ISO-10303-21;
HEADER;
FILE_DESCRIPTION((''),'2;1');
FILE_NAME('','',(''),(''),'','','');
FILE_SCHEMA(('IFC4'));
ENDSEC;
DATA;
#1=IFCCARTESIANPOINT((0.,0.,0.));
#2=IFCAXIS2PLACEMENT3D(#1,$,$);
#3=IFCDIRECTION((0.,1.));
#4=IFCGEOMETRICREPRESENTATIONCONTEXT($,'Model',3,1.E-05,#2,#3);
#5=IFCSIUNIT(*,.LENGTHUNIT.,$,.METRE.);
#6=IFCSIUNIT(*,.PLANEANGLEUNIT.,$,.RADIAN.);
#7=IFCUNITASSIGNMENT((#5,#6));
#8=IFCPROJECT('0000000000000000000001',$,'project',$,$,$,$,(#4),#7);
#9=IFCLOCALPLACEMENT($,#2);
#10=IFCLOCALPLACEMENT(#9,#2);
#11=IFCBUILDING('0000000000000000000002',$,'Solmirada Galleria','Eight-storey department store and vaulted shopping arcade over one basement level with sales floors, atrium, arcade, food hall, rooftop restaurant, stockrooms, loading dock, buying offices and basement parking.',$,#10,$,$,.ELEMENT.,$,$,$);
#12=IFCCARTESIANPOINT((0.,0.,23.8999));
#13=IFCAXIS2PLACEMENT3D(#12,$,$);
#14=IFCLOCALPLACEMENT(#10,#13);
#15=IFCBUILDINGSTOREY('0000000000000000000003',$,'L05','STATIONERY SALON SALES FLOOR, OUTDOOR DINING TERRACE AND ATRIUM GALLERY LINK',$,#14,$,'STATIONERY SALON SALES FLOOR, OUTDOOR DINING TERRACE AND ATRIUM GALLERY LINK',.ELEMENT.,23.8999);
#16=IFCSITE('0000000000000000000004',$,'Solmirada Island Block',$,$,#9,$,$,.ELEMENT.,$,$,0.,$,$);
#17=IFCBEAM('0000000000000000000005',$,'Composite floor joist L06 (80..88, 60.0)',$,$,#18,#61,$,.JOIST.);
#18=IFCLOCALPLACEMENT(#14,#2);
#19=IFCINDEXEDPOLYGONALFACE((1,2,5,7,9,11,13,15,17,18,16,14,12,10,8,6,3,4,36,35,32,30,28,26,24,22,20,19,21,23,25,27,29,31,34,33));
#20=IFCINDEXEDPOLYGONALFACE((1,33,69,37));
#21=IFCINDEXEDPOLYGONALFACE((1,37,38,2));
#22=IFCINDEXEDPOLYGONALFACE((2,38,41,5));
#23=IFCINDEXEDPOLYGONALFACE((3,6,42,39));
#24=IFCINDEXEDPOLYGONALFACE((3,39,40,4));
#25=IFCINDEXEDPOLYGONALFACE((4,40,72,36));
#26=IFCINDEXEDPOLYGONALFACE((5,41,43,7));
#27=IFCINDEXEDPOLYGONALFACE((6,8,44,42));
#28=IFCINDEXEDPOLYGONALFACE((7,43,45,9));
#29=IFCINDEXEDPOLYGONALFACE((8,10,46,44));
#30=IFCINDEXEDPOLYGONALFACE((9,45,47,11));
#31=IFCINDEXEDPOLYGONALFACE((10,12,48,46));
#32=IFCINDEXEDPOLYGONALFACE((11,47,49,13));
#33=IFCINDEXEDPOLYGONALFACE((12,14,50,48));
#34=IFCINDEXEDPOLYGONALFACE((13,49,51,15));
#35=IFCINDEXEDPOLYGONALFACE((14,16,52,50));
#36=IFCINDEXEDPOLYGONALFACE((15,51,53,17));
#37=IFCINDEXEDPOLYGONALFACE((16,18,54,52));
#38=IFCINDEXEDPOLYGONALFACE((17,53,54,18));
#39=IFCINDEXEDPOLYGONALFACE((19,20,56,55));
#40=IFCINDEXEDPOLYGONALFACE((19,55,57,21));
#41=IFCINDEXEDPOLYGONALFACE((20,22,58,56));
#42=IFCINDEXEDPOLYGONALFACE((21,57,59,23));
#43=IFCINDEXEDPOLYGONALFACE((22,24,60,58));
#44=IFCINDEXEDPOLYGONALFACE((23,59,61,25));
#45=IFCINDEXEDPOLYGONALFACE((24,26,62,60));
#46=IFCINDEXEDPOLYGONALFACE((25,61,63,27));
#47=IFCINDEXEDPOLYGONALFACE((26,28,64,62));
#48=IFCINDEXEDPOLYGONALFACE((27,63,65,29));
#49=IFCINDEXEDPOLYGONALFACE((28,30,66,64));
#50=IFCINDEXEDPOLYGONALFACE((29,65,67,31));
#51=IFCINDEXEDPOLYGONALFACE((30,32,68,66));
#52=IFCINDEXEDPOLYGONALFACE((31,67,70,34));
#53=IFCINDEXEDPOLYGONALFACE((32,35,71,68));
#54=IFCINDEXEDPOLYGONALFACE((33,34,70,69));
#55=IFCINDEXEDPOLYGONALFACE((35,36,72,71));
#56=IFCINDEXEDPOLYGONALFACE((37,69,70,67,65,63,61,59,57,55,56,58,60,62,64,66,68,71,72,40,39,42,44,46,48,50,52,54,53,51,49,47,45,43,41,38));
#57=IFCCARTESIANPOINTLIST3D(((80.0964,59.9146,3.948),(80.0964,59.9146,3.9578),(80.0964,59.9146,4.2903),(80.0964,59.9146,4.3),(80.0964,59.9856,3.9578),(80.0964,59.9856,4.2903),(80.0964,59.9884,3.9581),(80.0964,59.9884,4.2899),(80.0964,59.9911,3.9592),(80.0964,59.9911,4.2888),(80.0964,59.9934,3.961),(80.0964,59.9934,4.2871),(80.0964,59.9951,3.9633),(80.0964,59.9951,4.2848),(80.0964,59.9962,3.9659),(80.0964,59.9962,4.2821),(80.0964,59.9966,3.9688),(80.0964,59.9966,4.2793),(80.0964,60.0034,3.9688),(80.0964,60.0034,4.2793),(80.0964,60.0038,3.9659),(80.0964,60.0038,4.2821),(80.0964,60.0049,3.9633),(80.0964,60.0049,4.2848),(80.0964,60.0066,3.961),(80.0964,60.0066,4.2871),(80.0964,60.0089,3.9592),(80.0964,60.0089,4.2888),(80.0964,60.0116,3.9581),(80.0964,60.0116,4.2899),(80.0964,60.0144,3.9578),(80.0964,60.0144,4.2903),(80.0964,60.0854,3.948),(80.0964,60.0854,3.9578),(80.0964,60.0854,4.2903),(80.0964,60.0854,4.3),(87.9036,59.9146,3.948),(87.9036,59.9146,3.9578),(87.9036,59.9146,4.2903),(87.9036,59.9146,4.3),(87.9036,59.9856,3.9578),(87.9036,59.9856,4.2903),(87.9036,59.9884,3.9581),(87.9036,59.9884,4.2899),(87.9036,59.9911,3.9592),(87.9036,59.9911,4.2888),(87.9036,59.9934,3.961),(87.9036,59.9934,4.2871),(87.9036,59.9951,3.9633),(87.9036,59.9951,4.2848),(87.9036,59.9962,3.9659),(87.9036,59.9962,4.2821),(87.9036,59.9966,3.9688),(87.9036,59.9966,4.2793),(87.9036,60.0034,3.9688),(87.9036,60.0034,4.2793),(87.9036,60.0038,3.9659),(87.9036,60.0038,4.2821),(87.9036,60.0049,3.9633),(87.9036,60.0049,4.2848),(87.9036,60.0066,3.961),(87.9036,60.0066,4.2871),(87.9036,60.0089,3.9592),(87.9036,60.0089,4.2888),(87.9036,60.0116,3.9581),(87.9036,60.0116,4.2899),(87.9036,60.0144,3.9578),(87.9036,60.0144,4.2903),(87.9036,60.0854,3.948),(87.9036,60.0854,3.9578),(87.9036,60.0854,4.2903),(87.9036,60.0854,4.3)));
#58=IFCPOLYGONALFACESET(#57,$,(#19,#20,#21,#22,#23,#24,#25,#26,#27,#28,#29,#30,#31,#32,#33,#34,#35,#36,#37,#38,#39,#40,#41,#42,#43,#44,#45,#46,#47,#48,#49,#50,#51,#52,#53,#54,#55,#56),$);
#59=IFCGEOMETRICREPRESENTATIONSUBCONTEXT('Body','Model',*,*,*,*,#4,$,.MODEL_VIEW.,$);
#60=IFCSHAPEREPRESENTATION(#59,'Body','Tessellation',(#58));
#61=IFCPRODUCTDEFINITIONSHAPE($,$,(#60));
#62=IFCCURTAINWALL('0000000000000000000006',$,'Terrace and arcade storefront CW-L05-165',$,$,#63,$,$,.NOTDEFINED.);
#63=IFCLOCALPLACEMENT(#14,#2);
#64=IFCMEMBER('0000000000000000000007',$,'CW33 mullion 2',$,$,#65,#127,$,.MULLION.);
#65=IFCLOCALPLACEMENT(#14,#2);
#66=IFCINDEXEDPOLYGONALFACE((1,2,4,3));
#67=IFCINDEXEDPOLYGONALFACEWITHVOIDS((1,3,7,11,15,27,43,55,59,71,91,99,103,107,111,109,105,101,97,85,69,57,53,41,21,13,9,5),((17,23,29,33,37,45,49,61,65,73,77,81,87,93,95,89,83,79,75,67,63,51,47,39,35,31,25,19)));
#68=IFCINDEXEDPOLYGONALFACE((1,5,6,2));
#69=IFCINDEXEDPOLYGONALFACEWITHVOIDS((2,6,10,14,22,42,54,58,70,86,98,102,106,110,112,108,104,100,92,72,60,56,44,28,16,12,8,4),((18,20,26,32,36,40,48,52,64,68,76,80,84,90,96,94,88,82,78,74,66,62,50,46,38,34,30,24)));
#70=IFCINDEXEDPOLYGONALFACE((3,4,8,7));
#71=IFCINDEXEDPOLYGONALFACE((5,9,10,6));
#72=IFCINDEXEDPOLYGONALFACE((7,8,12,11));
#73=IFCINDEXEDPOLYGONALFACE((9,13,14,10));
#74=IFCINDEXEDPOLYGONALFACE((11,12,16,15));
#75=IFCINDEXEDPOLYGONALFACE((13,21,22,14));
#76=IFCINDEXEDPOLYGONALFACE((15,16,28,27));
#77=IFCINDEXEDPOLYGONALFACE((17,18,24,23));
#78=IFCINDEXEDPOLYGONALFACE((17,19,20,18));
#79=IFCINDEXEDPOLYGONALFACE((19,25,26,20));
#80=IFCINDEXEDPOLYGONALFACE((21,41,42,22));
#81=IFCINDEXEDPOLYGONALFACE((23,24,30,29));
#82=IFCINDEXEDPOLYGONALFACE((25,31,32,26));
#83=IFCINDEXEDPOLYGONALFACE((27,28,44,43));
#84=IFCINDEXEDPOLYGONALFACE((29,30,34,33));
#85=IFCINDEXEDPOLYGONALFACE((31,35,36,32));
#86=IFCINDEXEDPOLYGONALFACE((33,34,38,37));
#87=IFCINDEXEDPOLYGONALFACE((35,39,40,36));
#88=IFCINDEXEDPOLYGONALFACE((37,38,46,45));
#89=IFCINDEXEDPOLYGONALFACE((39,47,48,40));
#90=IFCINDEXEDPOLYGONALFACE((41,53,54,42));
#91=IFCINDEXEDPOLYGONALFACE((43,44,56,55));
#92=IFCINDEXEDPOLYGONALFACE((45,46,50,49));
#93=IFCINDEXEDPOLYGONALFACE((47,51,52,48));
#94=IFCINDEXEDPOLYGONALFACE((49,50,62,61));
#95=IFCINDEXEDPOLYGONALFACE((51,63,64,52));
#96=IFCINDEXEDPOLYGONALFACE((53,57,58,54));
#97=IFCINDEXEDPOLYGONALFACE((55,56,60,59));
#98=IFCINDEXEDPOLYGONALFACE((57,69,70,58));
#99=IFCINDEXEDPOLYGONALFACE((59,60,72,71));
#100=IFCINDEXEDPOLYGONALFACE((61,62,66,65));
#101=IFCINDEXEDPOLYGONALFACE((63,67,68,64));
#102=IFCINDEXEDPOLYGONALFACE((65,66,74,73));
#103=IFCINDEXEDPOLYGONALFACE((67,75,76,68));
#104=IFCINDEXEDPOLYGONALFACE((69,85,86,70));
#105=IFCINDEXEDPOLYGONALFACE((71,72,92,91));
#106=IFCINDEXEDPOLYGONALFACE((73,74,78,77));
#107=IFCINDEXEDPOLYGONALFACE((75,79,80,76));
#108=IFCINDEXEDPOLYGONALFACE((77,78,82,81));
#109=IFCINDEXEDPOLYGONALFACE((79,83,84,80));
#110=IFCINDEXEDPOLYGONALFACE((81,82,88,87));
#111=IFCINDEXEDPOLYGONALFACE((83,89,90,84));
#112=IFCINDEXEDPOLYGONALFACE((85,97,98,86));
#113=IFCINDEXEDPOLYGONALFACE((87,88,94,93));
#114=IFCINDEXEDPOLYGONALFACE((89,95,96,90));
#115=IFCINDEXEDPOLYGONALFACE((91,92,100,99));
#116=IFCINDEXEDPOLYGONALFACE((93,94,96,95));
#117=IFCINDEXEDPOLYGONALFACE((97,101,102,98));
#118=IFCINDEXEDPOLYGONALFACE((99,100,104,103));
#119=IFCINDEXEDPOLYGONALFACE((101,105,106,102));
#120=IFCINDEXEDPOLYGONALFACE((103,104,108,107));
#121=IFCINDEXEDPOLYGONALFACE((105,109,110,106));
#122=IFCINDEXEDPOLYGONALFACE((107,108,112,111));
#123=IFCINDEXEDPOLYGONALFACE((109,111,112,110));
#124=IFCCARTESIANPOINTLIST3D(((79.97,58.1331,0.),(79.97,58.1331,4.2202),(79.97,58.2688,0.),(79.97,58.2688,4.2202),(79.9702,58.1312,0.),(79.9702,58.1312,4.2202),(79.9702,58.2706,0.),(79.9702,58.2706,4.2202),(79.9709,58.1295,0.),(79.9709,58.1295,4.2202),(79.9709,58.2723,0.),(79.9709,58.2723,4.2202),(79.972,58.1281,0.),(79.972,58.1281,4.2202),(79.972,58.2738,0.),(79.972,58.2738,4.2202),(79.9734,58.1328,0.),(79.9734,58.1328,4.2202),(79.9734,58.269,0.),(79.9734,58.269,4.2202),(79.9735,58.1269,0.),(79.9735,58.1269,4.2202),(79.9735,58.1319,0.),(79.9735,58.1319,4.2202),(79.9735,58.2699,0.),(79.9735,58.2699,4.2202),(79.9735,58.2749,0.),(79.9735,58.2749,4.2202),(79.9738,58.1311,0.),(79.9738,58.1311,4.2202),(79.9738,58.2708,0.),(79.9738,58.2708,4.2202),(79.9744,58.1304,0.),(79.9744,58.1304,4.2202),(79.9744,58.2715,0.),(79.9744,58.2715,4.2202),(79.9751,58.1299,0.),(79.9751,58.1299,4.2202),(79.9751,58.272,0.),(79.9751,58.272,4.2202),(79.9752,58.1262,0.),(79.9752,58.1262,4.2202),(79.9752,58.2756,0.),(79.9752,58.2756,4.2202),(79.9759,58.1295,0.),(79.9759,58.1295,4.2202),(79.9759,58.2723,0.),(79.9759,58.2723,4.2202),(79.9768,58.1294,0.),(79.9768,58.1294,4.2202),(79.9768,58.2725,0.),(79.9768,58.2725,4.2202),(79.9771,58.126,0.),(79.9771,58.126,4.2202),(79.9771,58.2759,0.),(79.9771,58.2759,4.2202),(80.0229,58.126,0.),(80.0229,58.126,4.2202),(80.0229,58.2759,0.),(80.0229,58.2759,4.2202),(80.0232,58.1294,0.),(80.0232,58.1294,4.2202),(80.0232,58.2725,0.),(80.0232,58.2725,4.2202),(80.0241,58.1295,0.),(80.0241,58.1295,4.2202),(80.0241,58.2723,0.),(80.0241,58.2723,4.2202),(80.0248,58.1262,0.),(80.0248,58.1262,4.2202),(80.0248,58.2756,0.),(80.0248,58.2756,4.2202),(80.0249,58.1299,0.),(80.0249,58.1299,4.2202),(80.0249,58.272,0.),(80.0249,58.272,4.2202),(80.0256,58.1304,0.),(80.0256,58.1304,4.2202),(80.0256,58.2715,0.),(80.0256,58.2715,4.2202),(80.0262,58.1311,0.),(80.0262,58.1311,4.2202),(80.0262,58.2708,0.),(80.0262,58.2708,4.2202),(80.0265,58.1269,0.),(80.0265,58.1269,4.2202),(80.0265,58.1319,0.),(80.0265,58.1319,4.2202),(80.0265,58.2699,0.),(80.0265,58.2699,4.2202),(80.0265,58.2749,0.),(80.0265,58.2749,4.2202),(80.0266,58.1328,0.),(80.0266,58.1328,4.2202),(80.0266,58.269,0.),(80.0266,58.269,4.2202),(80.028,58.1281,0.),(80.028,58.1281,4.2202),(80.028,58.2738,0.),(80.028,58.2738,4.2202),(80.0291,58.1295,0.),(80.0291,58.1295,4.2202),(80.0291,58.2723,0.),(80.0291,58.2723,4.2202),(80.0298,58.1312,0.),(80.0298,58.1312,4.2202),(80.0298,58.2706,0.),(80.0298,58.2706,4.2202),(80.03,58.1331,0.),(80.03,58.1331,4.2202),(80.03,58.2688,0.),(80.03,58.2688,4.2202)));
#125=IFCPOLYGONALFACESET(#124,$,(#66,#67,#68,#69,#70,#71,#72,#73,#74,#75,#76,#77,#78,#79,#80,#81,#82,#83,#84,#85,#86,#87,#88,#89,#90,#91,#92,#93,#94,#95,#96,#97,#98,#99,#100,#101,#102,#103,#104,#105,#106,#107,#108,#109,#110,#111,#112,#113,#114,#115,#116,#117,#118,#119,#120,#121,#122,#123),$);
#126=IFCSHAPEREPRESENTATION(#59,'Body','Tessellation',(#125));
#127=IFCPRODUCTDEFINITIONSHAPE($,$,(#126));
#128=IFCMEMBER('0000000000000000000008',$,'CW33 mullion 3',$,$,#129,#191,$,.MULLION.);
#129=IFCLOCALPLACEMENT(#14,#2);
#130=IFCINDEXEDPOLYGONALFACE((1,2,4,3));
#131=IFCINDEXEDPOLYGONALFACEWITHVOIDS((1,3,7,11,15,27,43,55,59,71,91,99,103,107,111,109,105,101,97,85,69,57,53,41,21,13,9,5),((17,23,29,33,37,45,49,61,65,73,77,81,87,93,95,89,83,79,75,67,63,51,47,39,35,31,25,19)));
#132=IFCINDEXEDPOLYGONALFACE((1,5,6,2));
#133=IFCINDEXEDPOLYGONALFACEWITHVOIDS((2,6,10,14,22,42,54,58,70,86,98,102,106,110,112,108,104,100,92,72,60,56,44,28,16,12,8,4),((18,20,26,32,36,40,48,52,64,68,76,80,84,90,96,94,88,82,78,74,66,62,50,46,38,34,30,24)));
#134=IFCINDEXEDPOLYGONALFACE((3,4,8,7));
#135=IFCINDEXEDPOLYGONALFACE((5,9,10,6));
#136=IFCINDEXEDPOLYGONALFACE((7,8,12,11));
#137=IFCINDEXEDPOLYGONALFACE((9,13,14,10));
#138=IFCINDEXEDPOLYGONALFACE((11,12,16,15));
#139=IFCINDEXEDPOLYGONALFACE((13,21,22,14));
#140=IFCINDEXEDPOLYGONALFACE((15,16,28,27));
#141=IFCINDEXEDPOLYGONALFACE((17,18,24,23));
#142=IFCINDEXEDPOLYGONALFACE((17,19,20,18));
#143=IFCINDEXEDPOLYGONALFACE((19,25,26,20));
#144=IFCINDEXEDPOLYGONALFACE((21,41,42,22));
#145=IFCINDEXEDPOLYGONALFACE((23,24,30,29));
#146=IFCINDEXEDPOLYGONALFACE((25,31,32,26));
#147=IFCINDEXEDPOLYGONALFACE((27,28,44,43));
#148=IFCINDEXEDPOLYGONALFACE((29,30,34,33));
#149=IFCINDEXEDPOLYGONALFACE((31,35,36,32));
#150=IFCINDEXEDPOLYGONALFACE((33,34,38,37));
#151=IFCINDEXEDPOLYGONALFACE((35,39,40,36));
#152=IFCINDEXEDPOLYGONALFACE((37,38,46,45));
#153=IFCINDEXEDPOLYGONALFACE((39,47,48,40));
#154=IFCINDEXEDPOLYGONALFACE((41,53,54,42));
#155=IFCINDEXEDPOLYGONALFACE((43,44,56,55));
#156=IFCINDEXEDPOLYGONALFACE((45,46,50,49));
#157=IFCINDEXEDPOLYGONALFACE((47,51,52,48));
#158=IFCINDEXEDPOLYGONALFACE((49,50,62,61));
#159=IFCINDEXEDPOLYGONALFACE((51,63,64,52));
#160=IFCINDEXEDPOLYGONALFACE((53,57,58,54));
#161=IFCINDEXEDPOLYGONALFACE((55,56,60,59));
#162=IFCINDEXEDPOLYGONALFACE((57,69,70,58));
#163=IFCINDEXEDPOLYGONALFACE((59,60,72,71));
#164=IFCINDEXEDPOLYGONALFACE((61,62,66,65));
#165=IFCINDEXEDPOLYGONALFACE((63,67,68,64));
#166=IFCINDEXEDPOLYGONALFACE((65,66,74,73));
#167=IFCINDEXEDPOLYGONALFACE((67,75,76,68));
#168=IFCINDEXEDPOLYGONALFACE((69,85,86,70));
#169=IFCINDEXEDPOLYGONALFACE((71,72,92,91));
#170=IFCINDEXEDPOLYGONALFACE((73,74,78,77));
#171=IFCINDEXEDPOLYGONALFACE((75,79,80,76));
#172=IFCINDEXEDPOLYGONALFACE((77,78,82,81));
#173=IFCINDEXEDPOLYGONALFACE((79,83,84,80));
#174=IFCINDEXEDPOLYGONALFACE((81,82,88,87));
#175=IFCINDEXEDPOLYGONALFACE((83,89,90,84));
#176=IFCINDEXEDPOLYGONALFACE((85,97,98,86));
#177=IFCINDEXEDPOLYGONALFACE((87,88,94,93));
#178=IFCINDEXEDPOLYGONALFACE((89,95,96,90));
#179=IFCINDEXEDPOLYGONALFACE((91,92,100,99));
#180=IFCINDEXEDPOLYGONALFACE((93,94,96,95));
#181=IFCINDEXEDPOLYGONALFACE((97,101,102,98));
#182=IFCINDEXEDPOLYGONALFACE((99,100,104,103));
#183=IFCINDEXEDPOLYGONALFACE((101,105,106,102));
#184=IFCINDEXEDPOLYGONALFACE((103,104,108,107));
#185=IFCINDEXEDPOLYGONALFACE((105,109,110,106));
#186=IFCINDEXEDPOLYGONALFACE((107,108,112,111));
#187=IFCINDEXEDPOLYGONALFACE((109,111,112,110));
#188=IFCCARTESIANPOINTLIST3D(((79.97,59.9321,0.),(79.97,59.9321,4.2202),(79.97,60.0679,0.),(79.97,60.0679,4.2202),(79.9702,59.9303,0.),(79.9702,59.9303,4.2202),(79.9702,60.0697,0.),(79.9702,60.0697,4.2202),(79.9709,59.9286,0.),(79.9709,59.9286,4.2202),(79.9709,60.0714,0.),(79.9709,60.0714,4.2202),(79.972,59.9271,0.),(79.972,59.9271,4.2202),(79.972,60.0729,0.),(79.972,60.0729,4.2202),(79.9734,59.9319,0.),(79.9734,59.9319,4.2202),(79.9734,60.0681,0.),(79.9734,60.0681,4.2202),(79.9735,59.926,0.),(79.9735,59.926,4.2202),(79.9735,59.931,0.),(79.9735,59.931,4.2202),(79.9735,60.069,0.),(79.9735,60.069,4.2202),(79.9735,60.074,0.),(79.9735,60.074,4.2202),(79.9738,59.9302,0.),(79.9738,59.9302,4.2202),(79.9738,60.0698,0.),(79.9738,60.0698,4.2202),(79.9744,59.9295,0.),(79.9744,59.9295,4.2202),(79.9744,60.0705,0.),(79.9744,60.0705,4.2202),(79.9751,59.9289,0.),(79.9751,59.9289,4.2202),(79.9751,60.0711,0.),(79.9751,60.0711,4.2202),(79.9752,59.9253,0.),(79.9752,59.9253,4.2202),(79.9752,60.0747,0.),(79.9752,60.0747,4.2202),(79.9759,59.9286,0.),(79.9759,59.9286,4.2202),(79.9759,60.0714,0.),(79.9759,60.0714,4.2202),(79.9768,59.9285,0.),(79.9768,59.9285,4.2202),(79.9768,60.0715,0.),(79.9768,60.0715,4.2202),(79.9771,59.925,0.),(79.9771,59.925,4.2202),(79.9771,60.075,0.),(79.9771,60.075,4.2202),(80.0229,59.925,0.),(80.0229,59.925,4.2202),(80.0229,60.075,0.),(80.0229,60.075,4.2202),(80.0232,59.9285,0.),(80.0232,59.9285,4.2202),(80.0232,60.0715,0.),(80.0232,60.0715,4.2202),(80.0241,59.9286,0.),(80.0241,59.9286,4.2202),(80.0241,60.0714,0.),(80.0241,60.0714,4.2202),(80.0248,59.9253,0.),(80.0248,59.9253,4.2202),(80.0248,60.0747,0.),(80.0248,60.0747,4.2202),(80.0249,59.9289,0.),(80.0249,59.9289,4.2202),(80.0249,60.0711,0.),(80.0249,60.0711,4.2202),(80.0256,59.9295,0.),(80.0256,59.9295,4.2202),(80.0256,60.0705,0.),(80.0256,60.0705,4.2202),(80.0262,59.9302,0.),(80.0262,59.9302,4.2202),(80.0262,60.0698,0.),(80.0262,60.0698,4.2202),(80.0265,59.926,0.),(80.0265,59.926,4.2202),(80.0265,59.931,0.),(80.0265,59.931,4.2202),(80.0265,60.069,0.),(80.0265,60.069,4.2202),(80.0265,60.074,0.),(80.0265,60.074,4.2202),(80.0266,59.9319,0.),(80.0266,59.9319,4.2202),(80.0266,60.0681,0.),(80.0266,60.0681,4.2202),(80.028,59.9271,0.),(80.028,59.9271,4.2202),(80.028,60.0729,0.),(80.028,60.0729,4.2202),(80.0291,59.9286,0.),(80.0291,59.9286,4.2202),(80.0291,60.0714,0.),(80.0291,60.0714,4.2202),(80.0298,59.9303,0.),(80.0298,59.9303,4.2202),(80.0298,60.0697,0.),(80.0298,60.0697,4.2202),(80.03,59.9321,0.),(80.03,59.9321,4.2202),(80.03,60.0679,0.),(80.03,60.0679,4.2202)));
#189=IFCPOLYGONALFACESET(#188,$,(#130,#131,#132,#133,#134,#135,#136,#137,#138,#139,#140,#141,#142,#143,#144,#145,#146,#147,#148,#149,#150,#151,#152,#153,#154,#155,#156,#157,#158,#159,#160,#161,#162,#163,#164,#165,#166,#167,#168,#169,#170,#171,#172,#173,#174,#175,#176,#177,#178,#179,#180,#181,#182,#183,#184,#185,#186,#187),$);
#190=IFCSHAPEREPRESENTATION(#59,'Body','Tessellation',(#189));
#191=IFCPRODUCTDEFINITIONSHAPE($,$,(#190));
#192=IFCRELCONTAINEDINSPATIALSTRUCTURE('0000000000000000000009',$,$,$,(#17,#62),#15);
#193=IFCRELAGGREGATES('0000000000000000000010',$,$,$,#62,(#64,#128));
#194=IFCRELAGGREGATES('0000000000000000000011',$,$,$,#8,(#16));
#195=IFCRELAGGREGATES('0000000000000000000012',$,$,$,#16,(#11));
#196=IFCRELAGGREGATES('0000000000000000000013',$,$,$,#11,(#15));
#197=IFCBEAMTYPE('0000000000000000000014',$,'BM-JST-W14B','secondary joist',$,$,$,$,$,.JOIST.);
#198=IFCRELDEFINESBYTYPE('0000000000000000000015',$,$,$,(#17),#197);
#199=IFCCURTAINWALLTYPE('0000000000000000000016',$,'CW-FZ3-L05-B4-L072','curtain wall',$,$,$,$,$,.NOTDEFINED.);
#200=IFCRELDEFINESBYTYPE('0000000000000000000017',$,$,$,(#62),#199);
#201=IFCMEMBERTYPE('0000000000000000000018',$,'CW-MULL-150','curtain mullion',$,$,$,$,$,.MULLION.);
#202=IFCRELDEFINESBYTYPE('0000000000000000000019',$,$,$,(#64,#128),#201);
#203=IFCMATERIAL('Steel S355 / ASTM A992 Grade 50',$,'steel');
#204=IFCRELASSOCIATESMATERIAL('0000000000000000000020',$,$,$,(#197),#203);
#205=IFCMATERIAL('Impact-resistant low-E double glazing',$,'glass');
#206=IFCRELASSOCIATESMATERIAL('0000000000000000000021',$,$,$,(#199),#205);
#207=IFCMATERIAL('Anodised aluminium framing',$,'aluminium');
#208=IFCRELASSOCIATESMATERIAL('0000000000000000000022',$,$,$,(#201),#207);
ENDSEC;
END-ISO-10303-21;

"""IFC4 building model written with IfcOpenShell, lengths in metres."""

from ifc_helpers import new_model, si_unit, direction, frame, origin, origin_2d, place, context, subcontext, project, spatial, hollow_rectangle, i_section, extrude, material, material_profile, profile_set, type_object, element, aggregate, save


model = new_model("IFC4")

# Units and contexts
model_context = context("Model", 3, precision=1e-05, world=origin(), true_north=direction((0.0, 1.0)))
body_context = subcontext(model_context, "Body", "Model", "MODEL_VIEW")
ifc_project = project(units=[si_unit("LENGTHUNIT", "METRE"), si_unit("PLANEANGLEUNIT", "RADIAN")], contexts=[model_context])

# Site, building, storey
site_placement = place(None, origin())
site = spatial("IfcSite", under=ifc_project, at=site_placement, Name="Solmirada Island Block", CompositionType="ELEMENT", RefElevation=0.0)
building_placement = place(site_placement, origin())
building = spatial("IfcBuilding", under=site, at=building_placement, Name="Solmirada Galleria", Description="Eight-storey department store and vaulted shopping arcade over one basement level with sales floors, atrium, arcade, food hall, rooftop restaurant, stockrooms, loading dock, buying offices and basement parking.", CompositionType="ELEMENT")
storey_placement = place(building_placement, frame((0.0, 0.0, 23.8999)))
storey = spatial("IfcBuildingStorey", under=building, at=storey_placement, Name="L05", Description="STATIONERY SALON SALES FLOOR, OUTDOOR DINING TERRACE AND ATRIUM GALLERY LINK", LongName="STATIONERY SALON SALES FLOOR, OUTDOOR DINING TERRACE AND ATRIUM GALLERY LINK", CompositionType="ELEMENT", Elevation=23.8999)

# Beam
ifc_material_1 = material(Name="Steel S355 / ASTM A992 Grade 50", Category="steel")
ifc_material_profile_1 = material_profile(ifc_material_1, i_section(OverallWidth=0.1709, OverallDepth=0.3521, WebThickness=0.0068, FlangeThickness=0.0098, FilletRadius=0.011, at=origin_2d()), Name="W14X30")
ifc_profile_set_1 = profile_set([ifc_material_profile_1], Name="Steel S355 / ASTM A992 Grade 50")
beam_type = type_object("IfcBeamType", Name="BM-JST-W14B", Description="secondary joist", PredefinedType="JOIST", material=ifc_profile_set_1)
beam_placement = place(storey_placement, frame((80.0964, 60.0, 4.124), z_axis=(1.0, 0.0, 0.0), x_axis=(0.0, 1.0, 0.0)))
element("IfcBeam", 1, at=beam_placement, inside=storey, type_object=beam_type, Name="Composite floor joist L06 (80..88, 60.0)", PredefinedType="JOIST", context=body_context, shape_type="SweptSolid", body=[
    extrude(i_section(OverallWidth=0.1709, OverallDepth=0.3521, WebThickness=0.0068, FlangeThickness=0.0098, FilletRadius=0.011, at=origin_2d()), origin(), (0.0, 0.0, 1.0), 7.8071),
])

# Curtain wall, members
ifc_material_2 = material(Name="Impact-resistant low-E double glazing", Category="glass")
curtain_wall_type = type_object("IfcCurtainWallType", Name="CW-FZ3-L05-B4-L072", Description="curtain wall", PredefinedType="NOTDEFINED", material=ifc_material_2)
curtain_wall_placement = place(storey_placement, origin())
curtain_wall = element("IfcCurtainWall", 2, at=curtain_wall_placement, inside=storey, type_object=curtain_wall_type, Name="Terrace and arcade storefront CW-L05-165", PredefinedType="NOTDEFINED")
ifc_material_3 = material(Name="Anodised aluminium framing", Category="aluminium")
ifc_material_profile_2 = material_profile(ifc_material_3, hollow_rectangle(XDim=0.0601, YDim=0.1499, WallThickness=0.0034, InnerFilletRadius=0.0034, OuterFilletRadius=0.0071, at=origin_2d()), Name="ALU-MULL-150X60")
ifc_profile_set_2 = profile_set([ifc_material_profile_2], Name="Anodised aluminium framing")
member_type_1 = type_object("IfcMemberType", Name="CW-MULL-150", Description="curtain mullion", PredefinedType="MULLION", material=ifc_profile_set_2)
member_1_placement = place(storey_placement, frame((80.0, 58.2009, 0.0), z_axis=(0.0, 0.0, 1.0), x_axis=(-1.0, 0.0, 0.0)))
member_1 = element("IfcMember", 3, at=member_1_placement, type_object=member_type_1, Name="CW33 mullion 2", PredefinedType="MULLION", context=body_context, shape_type="SweptSolid", body=[
    extrude(hollow_rectangle(XDim=0.0601, YDim=0.1499, WallThickness=0.0034, InnerFilletRadius=0.0034, OuterFilletRadius=0.0071, at=origin_2d()), origin(), (0.0, 0.0, 1.0), 4.2202),
])
member_2_placement = place(storey_placement, frame((80.0, 60.0, 0.0), z_axis=(0.0, 0.0, 1.0), x_axis=(-1.0, 0.0, 0.0)))
member_2 = element("IfcMember", 4, at=member_2_placement, type_object=member_type_1, Name="CW33 mullion 3", PredefinedType="MULLION", context=body_context, shape_type="SweptSolid", body=[
    extrude(hollow_rectangle(XDim=0.0601, YDim=0.1499, WallThickness=0.0034, InnerFilletRadius=0.0034, OuterFilletRadius=0.0071, at=origin_2d()), origin(), (0.0, 0.0, 1.0), 4.2202),
])
aggregate(curtain_wall, [member_1, member_2])

save(model, "model.ifc")
